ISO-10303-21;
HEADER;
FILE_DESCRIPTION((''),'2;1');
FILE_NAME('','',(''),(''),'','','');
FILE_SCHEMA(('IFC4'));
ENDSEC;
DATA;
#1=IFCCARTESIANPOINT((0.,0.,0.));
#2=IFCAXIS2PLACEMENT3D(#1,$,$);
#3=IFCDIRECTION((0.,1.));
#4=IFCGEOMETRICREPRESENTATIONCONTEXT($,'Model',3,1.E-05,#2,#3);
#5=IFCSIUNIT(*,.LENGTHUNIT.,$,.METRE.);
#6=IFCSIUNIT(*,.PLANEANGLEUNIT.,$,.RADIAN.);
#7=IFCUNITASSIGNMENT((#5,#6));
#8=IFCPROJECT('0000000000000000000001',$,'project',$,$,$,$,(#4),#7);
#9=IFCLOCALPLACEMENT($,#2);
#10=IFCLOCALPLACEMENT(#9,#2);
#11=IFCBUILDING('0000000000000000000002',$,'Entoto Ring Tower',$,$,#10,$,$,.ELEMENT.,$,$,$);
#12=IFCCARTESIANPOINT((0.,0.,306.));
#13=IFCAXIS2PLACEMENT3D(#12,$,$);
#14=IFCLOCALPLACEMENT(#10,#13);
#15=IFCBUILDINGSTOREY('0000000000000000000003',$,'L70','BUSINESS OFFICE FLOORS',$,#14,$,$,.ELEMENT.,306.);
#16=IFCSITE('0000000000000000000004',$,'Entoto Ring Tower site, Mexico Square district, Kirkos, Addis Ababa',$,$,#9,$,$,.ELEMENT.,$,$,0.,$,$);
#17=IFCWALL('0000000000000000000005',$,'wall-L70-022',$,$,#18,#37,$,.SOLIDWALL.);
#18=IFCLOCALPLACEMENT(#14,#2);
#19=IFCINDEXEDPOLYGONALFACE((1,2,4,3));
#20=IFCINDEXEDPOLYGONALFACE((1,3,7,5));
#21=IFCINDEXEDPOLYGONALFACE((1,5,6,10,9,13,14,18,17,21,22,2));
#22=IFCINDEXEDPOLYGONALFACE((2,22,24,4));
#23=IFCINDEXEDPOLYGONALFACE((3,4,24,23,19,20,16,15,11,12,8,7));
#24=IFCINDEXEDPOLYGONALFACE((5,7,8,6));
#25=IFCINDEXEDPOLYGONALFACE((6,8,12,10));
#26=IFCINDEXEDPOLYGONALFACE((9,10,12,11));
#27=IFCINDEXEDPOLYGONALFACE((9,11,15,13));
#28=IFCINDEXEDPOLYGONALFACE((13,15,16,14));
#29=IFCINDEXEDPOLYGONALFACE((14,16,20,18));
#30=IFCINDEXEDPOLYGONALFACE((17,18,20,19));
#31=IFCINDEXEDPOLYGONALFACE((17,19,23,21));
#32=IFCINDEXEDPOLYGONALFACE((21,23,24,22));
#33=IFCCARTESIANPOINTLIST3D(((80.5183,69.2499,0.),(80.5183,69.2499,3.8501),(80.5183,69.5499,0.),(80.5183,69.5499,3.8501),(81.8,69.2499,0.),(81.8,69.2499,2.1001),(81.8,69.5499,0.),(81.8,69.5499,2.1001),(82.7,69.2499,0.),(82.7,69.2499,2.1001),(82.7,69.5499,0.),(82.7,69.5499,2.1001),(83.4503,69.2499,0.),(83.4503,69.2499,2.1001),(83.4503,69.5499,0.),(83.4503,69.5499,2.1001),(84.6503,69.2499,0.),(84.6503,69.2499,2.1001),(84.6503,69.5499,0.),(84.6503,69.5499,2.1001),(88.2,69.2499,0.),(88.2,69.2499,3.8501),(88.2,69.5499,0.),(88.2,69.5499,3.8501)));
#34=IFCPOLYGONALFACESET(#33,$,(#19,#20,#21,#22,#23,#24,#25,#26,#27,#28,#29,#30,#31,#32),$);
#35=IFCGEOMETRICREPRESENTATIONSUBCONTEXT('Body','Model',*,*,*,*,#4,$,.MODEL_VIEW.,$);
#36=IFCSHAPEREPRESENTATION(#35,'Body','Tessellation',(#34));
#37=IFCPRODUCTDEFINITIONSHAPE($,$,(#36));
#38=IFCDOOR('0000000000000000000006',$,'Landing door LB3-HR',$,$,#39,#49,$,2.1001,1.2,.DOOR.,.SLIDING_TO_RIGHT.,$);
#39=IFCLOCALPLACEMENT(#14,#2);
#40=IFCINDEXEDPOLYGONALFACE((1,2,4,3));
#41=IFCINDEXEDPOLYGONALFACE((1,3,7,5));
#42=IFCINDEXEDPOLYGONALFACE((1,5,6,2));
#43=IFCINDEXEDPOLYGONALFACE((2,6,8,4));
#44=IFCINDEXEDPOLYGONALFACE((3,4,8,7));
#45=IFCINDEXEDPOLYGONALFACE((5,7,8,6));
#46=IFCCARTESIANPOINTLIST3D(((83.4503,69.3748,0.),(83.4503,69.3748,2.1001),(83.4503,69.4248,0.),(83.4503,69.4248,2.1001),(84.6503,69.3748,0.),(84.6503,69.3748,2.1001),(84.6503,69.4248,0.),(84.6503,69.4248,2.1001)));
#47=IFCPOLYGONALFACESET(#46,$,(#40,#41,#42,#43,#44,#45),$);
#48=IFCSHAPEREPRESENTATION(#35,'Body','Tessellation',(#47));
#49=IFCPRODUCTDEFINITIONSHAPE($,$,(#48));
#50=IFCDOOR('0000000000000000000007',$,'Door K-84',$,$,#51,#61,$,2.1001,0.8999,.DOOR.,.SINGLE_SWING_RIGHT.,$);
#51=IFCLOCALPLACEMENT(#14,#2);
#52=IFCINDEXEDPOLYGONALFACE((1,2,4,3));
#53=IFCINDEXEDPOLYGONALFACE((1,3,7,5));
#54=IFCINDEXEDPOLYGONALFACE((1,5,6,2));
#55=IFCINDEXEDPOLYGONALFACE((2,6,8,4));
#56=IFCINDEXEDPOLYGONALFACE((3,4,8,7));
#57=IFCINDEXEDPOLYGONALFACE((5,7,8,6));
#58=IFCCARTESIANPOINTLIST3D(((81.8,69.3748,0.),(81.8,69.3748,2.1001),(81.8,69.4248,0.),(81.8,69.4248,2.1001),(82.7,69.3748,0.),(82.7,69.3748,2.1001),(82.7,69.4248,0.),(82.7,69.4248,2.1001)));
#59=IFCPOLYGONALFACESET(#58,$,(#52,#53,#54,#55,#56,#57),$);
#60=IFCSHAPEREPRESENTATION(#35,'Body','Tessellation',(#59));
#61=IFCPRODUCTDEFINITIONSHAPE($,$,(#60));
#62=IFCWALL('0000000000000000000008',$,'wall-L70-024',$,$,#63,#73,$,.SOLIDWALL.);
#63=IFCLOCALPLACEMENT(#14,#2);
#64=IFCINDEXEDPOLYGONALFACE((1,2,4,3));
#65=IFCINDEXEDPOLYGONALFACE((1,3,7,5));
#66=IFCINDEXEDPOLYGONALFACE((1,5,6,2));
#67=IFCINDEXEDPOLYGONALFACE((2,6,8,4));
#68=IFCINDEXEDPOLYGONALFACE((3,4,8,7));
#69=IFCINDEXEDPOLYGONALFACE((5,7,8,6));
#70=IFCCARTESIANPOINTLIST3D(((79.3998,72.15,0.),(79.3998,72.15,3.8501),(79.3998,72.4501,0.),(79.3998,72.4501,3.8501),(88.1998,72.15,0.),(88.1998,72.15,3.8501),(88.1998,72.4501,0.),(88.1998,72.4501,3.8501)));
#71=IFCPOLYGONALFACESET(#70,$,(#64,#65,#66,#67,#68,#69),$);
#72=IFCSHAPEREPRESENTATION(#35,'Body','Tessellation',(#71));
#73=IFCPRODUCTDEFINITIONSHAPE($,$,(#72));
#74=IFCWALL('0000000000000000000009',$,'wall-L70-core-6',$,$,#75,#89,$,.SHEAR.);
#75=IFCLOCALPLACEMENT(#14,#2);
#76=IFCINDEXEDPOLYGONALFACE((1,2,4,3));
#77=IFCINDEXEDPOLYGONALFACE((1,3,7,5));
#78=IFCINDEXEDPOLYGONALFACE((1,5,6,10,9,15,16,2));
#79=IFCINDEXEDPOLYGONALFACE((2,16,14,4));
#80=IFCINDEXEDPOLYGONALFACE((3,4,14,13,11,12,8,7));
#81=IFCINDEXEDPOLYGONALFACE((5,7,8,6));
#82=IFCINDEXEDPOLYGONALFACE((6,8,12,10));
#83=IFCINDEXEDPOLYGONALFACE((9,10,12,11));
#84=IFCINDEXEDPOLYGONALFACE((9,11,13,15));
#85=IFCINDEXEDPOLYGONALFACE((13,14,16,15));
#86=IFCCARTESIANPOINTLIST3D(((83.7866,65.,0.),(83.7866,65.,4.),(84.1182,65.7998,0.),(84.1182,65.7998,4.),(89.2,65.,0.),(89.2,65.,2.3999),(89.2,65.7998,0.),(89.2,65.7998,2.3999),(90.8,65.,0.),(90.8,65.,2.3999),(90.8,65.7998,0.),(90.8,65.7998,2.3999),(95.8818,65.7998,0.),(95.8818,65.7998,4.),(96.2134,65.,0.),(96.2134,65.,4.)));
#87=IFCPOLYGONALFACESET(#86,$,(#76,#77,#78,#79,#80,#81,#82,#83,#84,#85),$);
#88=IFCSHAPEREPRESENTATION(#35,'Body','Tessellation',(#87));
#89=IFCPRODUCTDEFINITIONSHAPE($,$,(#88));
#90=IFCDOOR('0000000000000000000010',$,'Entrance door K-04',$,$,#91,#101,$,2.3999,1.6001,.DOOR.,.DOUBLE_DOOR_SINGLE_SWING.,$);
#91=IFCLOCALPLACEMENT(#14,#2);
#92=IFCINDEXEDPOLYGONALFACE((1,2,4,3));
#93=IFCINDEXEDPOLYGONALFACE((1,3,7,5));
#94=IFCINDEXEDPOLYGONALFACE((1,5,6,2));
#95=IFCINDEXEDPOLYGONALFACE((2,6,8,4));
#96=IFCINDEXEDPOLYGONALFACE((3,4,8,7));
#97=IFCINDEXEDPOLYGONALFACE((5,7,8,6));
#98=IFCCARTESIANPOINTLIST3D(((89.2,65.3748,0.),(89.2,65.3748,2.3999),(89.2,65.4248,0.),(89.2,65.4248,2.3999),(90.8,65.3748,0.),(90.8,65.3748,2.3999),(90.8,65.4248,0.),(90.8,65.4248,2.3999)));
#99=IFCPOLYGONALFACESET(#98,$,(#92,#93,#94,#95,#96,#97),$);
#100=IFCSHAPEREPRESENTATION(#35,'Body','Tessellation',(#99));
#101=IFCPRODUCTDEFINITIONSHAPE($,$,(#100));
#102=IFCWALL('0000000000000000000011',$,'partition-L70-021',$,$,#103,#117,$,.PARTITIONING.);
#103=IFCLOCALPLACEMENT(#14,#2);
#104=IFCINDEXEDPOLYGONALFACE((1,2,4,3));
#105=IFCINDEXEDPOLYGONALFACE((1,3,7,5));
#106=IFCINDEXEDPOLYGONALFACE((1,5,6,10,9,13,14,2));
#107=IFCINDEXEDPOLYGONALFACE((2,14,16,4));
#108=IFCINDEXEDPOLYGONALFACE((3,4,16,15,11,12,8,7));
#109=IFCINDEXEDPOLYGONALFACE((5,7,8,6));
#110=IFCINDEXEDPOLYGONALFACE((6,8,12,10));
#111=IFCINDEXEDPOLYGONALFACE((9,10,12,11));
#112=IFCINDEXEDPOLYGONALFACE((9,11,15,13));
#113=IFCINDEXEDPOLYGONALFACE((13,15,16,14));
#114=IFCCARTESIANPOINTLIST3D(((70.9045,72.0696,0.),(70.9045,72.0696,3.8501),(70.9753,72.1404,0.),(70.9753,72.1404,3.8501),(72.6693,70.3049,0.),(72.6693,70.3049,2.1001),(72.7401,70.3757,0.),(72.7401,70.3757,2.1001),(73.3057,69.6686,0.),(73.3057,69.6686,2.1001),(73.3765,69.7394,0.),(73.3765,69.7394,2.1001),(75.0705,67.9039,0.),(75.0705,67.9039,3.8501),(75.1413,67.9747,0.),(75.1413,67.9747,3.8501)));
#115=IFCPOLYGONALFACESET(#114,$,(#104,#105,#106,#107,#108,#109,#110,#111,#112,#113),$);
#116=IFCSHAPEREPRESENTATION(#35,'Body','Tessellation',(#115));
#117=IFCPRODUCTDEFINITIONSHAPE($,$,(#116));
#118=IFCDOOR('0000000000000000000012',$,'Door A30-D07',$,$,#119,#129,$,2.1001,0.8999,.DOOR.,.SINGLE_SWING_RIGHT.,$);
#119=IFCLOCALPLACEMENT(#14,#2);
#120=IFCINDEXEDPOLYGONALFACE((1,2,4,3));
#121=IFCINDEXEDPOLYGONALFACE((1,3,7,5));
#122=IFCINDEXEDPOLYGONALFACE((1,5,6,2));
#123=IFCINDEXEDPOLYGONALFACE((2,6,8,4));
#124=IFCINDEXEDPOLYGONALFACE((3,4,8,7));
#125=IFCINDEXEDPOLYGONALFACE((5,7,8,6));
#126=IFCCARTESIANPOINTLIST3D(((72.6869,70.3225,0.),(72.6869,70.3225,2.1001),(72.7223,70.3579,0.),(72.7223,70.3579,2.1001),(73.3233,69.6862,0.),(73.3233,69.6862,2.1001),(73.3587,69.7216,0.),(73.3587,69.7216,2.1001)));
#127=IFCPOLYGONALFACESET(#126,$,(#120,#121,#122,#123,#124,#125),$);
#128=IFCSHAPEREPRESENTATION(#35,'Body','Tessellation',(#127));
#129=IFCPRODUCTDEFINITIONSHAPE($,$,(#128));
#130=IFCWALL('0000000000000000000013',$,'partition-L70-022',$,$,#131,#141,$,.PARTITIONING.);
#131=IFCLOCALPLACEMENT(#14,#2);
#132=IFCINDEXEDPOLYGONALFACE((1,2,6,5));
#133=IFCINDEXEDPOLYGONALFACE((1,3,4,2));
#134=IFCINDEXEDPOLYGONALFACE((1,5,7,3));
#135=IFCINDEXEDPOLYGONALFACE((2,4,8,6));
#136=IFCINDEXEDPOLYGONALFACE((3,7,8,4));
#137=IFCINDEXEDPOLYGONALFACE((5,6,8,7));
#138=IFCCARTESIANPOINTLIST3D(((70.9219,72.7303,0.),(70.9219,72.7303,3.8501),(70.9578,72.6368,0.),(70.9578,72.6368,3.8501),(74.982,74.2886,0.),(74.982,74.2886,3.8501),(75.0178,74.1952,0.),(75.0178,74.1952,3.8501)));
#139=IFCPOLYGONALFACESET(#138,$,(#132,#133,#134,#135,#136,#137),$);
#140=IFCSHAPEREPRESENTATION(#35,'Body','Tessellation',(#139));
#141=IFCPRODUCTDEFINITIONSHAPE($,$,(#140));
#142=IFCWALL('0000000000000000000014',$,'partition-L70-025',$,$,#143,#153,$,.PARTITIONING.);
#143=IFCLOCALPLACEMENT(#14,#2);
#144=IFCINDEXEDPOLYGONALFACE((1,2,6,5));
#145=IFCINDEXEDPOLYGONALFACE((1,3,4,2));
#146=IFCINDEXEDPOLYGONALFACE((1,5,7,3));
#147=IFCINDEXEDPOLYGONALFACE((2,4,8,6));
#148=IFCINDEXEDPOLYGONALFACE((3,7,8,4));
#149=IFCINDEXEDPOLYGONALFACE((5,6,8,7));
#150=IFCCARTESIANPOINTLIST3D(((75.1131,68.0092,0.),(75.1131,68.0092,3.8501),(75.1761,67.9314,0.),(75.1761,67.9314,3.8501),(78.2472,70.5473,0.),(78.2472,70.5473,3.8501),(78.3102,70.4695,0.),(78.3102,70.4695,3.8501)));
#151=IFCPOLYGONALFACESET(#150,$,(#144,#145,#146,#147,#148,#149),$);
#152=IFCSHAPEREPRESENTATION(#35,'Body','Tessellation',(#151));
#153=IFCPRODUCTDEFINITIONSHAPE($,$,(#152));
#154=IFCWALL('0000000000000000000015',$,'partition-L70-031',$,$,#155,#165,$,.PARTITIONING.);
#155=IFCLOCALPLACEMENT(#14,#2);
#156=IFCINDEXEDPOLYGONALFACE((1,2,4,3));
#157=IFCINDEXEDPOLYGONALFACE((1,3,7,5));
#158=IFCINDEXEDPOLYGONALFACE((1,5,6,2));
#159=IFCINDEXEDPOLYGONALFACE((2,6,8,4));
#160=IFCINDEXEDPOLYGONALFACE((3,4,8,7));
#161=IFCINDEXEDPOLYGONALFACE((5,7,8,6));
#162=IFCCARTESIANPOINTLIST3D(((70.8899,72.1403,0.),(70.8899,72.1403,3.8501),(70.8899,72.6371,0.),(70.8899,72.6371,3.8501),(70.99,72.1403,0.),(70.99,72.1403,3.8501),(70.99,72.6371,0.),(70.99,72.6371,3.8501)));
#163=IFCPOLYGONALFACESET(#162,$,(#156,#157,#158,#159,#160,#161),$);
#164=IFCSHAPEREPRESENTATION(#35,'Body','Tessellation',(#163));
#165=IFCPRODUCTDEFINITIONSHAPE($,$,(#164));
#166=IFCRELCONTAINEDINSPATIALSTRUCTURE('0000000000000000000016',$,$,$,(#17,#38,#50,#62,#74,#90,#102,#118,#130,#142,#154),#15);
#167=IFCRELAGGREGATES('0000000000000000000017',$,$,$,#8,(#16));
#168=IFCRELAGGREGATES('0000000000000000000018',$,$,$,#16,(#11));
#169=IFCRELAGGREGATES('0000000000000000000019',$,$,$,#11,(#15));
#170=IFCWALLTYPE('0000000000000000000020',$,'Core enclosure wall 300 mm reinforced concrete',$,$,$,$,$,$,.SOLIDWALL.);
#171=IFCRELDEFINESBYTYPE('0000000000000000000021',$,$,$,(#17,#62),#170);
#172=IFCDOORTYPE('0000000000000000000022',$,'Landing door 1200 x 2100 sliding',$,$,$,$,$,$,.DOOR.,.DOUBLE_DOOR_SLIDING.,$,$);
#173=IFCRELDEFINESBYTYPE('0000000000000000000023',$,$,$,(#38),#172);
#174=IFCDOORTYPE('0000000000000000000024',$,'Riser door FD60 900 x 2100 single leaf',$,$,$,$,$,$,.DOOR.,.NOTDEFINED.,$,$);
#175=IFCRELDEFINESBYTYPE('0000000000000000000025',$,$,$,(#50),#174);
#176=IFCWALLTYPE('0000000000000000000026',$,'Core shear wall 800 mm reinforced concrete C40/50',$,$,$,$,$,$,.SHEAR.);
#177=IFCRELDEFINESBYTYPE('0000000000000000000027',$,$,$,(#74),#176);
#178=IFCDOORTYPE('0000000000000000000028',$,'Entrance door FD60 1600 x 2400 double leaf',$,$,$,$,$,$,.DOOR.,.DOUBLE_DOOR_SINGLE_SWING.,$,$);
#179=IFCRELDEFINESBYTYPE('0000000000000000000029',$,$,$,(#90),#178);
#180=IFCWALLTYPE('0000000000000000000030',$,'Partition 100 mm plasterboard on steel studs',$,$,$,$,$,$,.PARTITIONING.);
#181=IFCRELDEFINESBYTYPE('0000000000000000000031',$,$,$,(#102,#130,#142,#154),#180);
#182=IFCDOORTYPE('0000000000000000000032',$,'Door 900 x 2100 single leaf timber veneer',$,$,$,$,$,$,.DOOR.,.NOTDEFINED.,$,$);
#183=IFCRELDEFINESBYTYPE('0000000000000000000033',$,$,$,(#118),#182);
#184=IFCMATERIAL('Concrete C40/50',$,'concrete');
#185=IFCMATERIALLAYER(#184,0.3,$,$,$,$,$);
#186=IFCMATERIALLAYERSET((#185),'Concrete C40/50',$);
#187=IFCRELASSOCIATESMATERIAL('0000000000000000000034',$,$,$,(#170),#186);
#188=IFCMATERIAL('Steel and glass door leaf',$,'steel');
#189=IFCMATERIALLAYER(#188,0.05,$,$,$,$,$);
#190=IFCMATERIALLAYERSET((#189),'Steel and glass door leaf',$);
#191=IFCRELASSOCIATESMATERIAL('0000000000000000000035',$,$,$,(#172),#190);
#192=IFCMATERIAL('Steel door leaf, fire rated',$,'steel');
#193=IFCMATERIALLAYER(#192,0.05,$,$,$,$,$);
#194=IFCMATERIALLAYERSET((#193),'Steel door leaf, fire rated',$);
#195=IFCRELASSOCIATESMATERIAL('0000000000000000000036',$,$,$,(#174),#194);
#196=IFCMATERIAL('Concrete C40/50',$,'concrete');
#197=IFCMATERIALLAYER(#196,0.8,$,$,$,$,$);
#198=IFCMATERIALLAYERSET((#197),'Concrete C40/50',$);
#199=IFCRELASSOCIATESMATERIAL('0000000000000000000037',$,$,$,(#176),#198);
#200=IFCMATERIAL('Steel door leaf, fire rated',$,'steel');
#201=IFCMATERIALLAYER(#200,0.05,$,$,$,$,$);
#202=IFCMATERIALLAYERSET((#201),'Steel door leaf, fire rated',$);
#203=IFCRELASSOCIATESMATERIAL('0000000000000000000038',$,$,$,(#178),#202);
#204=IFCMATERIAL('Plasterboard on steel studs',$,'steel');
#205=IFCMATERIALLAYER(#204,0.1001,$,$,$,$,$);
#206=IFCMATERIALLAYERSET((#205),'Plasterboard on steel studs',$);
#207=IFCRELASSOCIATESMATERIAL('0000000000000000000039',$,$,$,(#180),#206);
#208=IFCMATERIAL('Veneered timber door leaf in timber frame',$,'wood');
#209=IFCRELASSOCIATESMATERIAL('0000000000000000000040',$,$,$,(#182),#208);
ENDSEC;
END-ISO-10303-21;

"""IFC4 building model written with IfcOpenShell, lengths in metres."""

from ifc_helpers import new_model, si_unit, direction, frame, frame_2d, origin, place, context, subcontext, project, spatial, polyline, rectangle, outline, extrude, material, layer, layer_set, type_object, element, fill, save


model = new_model("IFC4")

# Units and contexts
model_context = context("Model", 3, precision=1e-05, world=origin(), true_north=direction((0.0, 1.0)))
body_context = subcontext(model_context, "Body", "Model", "MODEL_VIEW")
ifc_project = project(units=[si_unit("LENGTHUNIT", "METRE"), si_unit("PLANEANGLEUNIT", "RADIAN")], contexts=[model_context])

# Site, building, storey
site_placement = place(None, origin())
site = spatial("IfcSite", under=ifc_project, at=site_placement, Name="Entoto Ring Tower site, Mexico Square district, Kirkos, Addis Ababa", CompositionType="ELEMENT", RefElevation=0.0)
building_placement = place(site_placement, origin())
building = spatial("IfcBuilding", under=site, at=building_placement, Name="Entoto Ring Tower", CompositionType="ELEMENT")
storey_placement = place(building_placement, frame((0.0, 0.0, 306.0)))
storey = spatial("IfcBuildingStorey", under=building, at=storey_placement, Name="L70", Description="BUSINESS OFFICE FLOORS", CompositionType="ELEMENT", Elevation=306.0)

# Shared definitions
ifc_material_1 = material(Name="Concrete C40/50", Category="concrete")
ifc_layer_1 = layer(ifc_material_1, 0.3)
ifc_layer_set_1 = layer_set([ifc_layer_1], Name="Concrete C40/50")
wall_type_1 = type_object("IfcWallType", Name="Core enclosure wall 300 mm reinforced concrete", PredefinedType="SOLIDWALL", material=ifc_layer_set_1)

# Wall, openings, doors
wall_1_placement = place(storey_placement, frame((80.5183, 69.3999, 0.0), z_axis=(0.0, 0.0, 1.0), x_axis=(1.0, 0.0, 0.0)))
wall_1 = element("IfcWall", 1, at=wall_1_placement, inside=storey, type_object=wall_type_1, Name="wall-L70-022", PredefinedType="SOLIDWALL", context=body_context, shape_type="SweptSolid", body=[
    extrude(rectangle(XDim=7.6816, YDim=0.3, at=frame_2d((3.8408, 0.0))), origin(), (0.0, 0.0, 1.0), 3.8501),
])
opening_1_placement = place(wall_1_placement, frame((2.9319, 0.0, 0.0)))
opening_1 = element("IfcOpeningElement", 2, at=opening_1_placement, cuts=wall_1, PredefinedType="OPENING", context=body_context, shape_type="SweptSolid", body=[
    extrude(rectangle(XDim=1.2, YDim=2.1001, at=frame_2d((0.6001, 1.05))), frame((0.0, 0.1602, 0.0), z_axis=(0.0, -1.0, 0.0), x_axis=(1.0, 0.0, 0.0)), (0.0, 0.0, 1.0), 0.3201),
])
opening_2_placement = place(wall_1_placement, frame((1.2817, 0.0, 0.0)))
opening_2 = element("IfcOpeningElement", 3, at=opening_2_placement, cuts=wall_1, PredefinedType="OPENING", context=body_context, shape_type="SweptSolid", body=[
    extrude(rectangle(XDim=0.8999, YDim=2.1001, at=frame_2d((0.45, 1.05))), frame((0.0, 0.1602, 0.0), z_axis=(0.0, -1.0, 0.0), x_axis=(1.0, 0.0, 0.0)), (0.0, 0.0, 1.0), 0.3201),
])
ifc_material_2 = material(Name="Steel and glass door leaf", Category="steel")
ifc_layer_2 = layer(ifc_material_2, 0.05)
ifc_layer_set_2 = layer_set([ifc_layer_2], Name="Steel and glass door leaf")
door_type_1 = type_object("IfcDoorType", Name="Landing door 1200 x 2100 sliding", OperationType="DOUBLE_DOOR_SLIDING", PredefinedType="DOOR", material=ifc_layer_set_2)
door_1_placement = place(opening_1_placement, origin())
door_1 = element("IfcDoor", 4, at=door_1_placement, inside=storey, type_object=door_type_1, Name="Landing door LB3-HR", OperationType="SLIDING_TO_RIGHT", OverallHeight=2.1001, OverallWidth=1.2, PredefinedType="DOOR", context=body_context, shape_type="SweptSolid", body=[
    extrude(rectangle(XDim=1.2, YDim=2.1001, at=frame_2d((0.6001, 1.05))), frame((0.0, 0.0249, 0.0), z_axis=(0.0, -1.0, 0.0), x_axis=(1.0, 0.0, 0.0)), (0.0, 0.0, 1.0), 0.05),
])
fill(opening_1, door_1)
ifc_material_3 = material(Name="Steel door leaf, fire rated", Category="steel")
ifc_layer_3 = layer(ifc_material_3, 0.05)
ifc_layer_set_3 = layer_set([ifc_layer_3], Name="Steel door leaf, fire rated")
door_type_2 = type_object("IfcDoorType", Name="Riser door FD60 900 x 2100 single leaf", OperationType="NOTDEFINED", PredefinedType="DOOR", material=ifc_layer_set_3)
door_2_placement = place(opening_2_placement, origin())
door_2 = element("IfcDoor", 5, at=door_2_placement, inside=storey, type_object=door_type_2, Name="Door K-84", OperationType="SINGLE_SWING_RIGHT", OverallHeight=2.1001, OverallWidth=0.8999, PredefinedType="DOOR", context=body_context, shape_type="SweptSolid", body=[
    extrude(rectangle(XDim=0.8999, YDim=2.1001, at=frame_2d((0.45, 1.05))), frame((0.0, 0.0249, 0.0), z_axis=(0.0, -1.0, 0.0), x_axis=(1.0, 0.0, 0.0)), (0.0, 0.0, 1.0), 0.05),
])
fill(opening_2, door_2)

# Wall
wall_2_placement = place(storey_placement, frame((79.3999, 72.3, 0.0), z_axis=(0.0, 0.0, 1.0), x_axis=(1.0, 0.0, 0.0)))
element("IfcWall", 6, at=wall_2_placement, inside=storey, type_object=wall_type_1, Name="wall-L70-024", PredefinedType="SOLIDWALL", context=body_context, shape_type="SweptSolid", body=[
    extrude(rectangle(XDim=8.8, YDim=0.3, at=frame_2d((4.3999, 0.0))), origin(), (0.0, 0.0, 1.0), 3.8501),
])

# Walls, openings, doors
ifc_material_4 = material(Name="Concrete C40/50", Category="concrete")
ifc_layer_4 = layer(ifc_material_4, 0.8)
ifc_layer_set_4 = layer_set([ifc_layer_4], Name="Concrete C40/50")
wall_type_2 = type_object("IfcWallType", Name="Core shear wall 800 mm reinforced concrete C40/50", PredefinedType="SHEAR", material=ifc_layer_set_4)
wall_3_placement = place(storey_placement, frame((83.9524, 65.3999, 0.0), z_axis=(0.0, 0.0, 1.0), x_axis=(1.0, 0.0, 0.0)))
wall_3 = element("IfcWall", 7, at=wall_3_placement, inside=storey, type_object=wall_type_2, Name="wall-L70-core-6", PredefinedType="SHEAR", context=body_context, shape_type="SweptSolid", body=[
    extrude(outline(polyline([(-0.1658, -0.3999), (12.261, -0.3999), (11.9294, 0.3999), (0.1658, 0.3999), (-0.1658, -0.3999)])), origin(), (0.0, 0.0, 1.0), 4.0),
])
opening_3_placement = place(wall_3_placement, frame((5.2476, 0.0, 0.0)))
opening_3 = element("IfcOpeningElement", 8, at=opening_3_placement, cuts=wall_3, PredefinedType="OPENING", context=body_context, shape_type="SweptSolid", body=[
    extrude(rectangle(XDim=1.6001, YDim=2.3999, at=frame_2d((0.8, 1.2))), frame((0.0, 0.4102, 0.0), z_axis=(0.0, -1.0, 0.0), x_axis=(1.0, 0.0, 0.0)), (0.0, 0.0, 1.0), 0.8201),
])
ifc_material_5 = material(Name="Steel door leaf, fire rated", Category="steel")
ifc_layer_5 = layer(ifc_material_5, 0.05)
ifc_layer_set_5 = layer_set([ifc_layer_5], Name="Steel door leaf, fire rated")
door_type_3 = type_object("IfcDoorType", Name="Entrance door FD60 1600 x 2400 double leaf", OperationType="DOUBLE_DOOR_SINGLE_SWING", PredefinedType="DOOR", material=ifc_layer_set_5)
door_3_placement = place(opening_3_placement, origin())
door_3 = element("IfcDoor", 9, at=door_3_placement, inside=storey, type_object=door_type_3, Name="Entrance door K-04", OperationType="DOUBLE_DOOR_SINGLE_SWING", OverallHeight=2.3999, OverallWidth=1.6001, PredefinedType="DOOR", context=body_context, shape_type="SweptSolid", body=[
    extrude(rectangle(XDim=1.6001, YDim=2.3999, at=frame_2d((0.8, 1.2))), frame((0.0, 0.0249, 0.0), z_axis=(0.0, -1.0, 0.0), x_axis=(1.0, 0.0, 0.0)), (0.0, 0.0, 1.0), 0.05),
])
fill(opening_3, door_3)
ifc_material_6 = material(Name="Plasterboard on steel studs", Category="steel")
ifc_layer_6 = layer(ifc_material_6, 0.1001)
ifc_layer_set_6 = layer_set([ifc_layer_6], Name="Plasterboard on steel studs")
wall_type_3 = type_object("IfcWallType", Name="Partition 100 mm plasterboard on steel studs", PredefinedType="PARTITIONING", material=ifc_layer_set_6)
wall_4_placement = place(storey_placement, frame((75.106, 67.9392, 0.0), z_axis=(0.0, 0.0, 1.0), x_axis=(-0.707128, 0.707086, 0.0)))
wall_4 = element("IfcWall", 10, at=wall_4_placement, inside=storey, type_object=wall_type_3, Name="partition-L70-021", PredefinedType="PARTITIONING", context=body_context, shape_type="SweptSolid", body=[
    extrude(rectangle(XDim=5.8914, YDim=0.1001, at=frame_2d((2.9458, 0.0))), origin(), (0.0, 0.0, 1.0), 3.8501),
])
opening_4_placement = place(wall_4_placement, frame((2.4958, 0.0, 0.0)))
opening_4 = element("IfcOpeningElement", 11, at=opening_4_placement, cuts=wall_4, PredefinedType="OPENING", context=body_context, shape_type="SweptSolid", body=[
    extrude(rectangle(XDim=0.8999, YDim=2.1001, at=frame_2d((0.45, 1.05))), frame((0.0, 0.0601, 0.0), z_axis=(0.0, -1.0, 0.0), x_axis=(1.0, 0.0, 0.0)), (0.0, 0.0, 1.0), 0.1201),
])
ifc_material_7 = material(Name="Veneered timber door leaf in timber frame", Category="wood")
door_type_4 = type_object("IfcDoorType", Name="Door 900 x 2100 single leaf timber veneer", OperationType="NOTDEFINED", PredefinedType="DOOR", material=ifc_material_7)
door_4_placement = place(opening_4_placement, frame((0.8999, 0.0, 0.0), z_axis=(0.0, 0.0, 1.0), x_axis=(-1.0, 0.0, 0.0)))
door_4 = element("IfcDoor", 12, at=door_4_placement, inside=storey, type_object=door_type_4, Name="Door A30-D07", OperationType="SINGLE_SWING_RIGHT", OverallHeight=2.1001, OverallWidth=0.8999, PredefinedType="DOOR", context=body_context, shape_type="SweptSolid", body=[
    extrude(rectangle(XDim=0.8999, YDim=2.1001, at=frame_2d((0.45, 1.05))), frame((0.0, 0.0249, 0.0), z_axis=(0.0, -1.0, 0.0), x_axis=(1.0, 0.0, 0.0)), (0.0, 0.0, 1.0), 0.05),
])
fill(opening_4, door_4)

# Walls
wall_5_placement = place(storey_placement, frame((70.9399, 72.6836, 0.0), z_axis=(0.0, 0.0, 1.0), x_axis=(0.933593, 0.358336, 0.0)))
element("IfcWall", 13, at=wall_5_placement, inside=storey, type_object=wall_type_3, Name="partition-L70-022", PredefinedType="PARTITIONING", context=body_context, shape_type="SweptSolid", body=[
    extrude(rectangle(XDim=4.3489, YDim=0.1001, at=frame_2d((2.1743, 0.0))), origin(), (0.0, 0.0, 1.0), 3.8501),
])
wall_6_placement = place(storey_placement, frame((75.1445, 67.9702, 0.0), z_axis=(0.0, 0.0, 1.0), x_axis=(0.777122, 0.62935, 0.0)))
element("IfcWall", 14, at=wall_6_placement, inside=storey, type_object=wall_type_3, Name="partition-L70-025", PredefinedType="PARTITIONING", context=body_context, shape_type="SweptSolid", body=[
    extrude(rectangle(XDim=4.033, YDim=0.1001, at=frame_2d((2.0166, 0.0))), origin(), (0.0, 0.0, 1.0), 3.8501),
])
wall_7_placement = place(storey_placement, frame((70.9399, 72.1401, 0.0), z_axis=(0.0, 0.0, 1.0), x_axis=(0.0, 1.0, 0.0)))
element("IfcWall", 15, at=wall_7_placement, inside=storey, type_object=wall_type_3, Name="partition-L70-031", PredefinedType="PARTITIONING", context=body_context, shape_type="SweptSolid", body=[
    extrude(rectangle(XDim=0.4968, YDim=0.1001, at=frame_2d((0.2485, 0.0))), origin(), (0.0, 0.0, 1.0), 3.8501),
])

save(model, "model.ifc")
